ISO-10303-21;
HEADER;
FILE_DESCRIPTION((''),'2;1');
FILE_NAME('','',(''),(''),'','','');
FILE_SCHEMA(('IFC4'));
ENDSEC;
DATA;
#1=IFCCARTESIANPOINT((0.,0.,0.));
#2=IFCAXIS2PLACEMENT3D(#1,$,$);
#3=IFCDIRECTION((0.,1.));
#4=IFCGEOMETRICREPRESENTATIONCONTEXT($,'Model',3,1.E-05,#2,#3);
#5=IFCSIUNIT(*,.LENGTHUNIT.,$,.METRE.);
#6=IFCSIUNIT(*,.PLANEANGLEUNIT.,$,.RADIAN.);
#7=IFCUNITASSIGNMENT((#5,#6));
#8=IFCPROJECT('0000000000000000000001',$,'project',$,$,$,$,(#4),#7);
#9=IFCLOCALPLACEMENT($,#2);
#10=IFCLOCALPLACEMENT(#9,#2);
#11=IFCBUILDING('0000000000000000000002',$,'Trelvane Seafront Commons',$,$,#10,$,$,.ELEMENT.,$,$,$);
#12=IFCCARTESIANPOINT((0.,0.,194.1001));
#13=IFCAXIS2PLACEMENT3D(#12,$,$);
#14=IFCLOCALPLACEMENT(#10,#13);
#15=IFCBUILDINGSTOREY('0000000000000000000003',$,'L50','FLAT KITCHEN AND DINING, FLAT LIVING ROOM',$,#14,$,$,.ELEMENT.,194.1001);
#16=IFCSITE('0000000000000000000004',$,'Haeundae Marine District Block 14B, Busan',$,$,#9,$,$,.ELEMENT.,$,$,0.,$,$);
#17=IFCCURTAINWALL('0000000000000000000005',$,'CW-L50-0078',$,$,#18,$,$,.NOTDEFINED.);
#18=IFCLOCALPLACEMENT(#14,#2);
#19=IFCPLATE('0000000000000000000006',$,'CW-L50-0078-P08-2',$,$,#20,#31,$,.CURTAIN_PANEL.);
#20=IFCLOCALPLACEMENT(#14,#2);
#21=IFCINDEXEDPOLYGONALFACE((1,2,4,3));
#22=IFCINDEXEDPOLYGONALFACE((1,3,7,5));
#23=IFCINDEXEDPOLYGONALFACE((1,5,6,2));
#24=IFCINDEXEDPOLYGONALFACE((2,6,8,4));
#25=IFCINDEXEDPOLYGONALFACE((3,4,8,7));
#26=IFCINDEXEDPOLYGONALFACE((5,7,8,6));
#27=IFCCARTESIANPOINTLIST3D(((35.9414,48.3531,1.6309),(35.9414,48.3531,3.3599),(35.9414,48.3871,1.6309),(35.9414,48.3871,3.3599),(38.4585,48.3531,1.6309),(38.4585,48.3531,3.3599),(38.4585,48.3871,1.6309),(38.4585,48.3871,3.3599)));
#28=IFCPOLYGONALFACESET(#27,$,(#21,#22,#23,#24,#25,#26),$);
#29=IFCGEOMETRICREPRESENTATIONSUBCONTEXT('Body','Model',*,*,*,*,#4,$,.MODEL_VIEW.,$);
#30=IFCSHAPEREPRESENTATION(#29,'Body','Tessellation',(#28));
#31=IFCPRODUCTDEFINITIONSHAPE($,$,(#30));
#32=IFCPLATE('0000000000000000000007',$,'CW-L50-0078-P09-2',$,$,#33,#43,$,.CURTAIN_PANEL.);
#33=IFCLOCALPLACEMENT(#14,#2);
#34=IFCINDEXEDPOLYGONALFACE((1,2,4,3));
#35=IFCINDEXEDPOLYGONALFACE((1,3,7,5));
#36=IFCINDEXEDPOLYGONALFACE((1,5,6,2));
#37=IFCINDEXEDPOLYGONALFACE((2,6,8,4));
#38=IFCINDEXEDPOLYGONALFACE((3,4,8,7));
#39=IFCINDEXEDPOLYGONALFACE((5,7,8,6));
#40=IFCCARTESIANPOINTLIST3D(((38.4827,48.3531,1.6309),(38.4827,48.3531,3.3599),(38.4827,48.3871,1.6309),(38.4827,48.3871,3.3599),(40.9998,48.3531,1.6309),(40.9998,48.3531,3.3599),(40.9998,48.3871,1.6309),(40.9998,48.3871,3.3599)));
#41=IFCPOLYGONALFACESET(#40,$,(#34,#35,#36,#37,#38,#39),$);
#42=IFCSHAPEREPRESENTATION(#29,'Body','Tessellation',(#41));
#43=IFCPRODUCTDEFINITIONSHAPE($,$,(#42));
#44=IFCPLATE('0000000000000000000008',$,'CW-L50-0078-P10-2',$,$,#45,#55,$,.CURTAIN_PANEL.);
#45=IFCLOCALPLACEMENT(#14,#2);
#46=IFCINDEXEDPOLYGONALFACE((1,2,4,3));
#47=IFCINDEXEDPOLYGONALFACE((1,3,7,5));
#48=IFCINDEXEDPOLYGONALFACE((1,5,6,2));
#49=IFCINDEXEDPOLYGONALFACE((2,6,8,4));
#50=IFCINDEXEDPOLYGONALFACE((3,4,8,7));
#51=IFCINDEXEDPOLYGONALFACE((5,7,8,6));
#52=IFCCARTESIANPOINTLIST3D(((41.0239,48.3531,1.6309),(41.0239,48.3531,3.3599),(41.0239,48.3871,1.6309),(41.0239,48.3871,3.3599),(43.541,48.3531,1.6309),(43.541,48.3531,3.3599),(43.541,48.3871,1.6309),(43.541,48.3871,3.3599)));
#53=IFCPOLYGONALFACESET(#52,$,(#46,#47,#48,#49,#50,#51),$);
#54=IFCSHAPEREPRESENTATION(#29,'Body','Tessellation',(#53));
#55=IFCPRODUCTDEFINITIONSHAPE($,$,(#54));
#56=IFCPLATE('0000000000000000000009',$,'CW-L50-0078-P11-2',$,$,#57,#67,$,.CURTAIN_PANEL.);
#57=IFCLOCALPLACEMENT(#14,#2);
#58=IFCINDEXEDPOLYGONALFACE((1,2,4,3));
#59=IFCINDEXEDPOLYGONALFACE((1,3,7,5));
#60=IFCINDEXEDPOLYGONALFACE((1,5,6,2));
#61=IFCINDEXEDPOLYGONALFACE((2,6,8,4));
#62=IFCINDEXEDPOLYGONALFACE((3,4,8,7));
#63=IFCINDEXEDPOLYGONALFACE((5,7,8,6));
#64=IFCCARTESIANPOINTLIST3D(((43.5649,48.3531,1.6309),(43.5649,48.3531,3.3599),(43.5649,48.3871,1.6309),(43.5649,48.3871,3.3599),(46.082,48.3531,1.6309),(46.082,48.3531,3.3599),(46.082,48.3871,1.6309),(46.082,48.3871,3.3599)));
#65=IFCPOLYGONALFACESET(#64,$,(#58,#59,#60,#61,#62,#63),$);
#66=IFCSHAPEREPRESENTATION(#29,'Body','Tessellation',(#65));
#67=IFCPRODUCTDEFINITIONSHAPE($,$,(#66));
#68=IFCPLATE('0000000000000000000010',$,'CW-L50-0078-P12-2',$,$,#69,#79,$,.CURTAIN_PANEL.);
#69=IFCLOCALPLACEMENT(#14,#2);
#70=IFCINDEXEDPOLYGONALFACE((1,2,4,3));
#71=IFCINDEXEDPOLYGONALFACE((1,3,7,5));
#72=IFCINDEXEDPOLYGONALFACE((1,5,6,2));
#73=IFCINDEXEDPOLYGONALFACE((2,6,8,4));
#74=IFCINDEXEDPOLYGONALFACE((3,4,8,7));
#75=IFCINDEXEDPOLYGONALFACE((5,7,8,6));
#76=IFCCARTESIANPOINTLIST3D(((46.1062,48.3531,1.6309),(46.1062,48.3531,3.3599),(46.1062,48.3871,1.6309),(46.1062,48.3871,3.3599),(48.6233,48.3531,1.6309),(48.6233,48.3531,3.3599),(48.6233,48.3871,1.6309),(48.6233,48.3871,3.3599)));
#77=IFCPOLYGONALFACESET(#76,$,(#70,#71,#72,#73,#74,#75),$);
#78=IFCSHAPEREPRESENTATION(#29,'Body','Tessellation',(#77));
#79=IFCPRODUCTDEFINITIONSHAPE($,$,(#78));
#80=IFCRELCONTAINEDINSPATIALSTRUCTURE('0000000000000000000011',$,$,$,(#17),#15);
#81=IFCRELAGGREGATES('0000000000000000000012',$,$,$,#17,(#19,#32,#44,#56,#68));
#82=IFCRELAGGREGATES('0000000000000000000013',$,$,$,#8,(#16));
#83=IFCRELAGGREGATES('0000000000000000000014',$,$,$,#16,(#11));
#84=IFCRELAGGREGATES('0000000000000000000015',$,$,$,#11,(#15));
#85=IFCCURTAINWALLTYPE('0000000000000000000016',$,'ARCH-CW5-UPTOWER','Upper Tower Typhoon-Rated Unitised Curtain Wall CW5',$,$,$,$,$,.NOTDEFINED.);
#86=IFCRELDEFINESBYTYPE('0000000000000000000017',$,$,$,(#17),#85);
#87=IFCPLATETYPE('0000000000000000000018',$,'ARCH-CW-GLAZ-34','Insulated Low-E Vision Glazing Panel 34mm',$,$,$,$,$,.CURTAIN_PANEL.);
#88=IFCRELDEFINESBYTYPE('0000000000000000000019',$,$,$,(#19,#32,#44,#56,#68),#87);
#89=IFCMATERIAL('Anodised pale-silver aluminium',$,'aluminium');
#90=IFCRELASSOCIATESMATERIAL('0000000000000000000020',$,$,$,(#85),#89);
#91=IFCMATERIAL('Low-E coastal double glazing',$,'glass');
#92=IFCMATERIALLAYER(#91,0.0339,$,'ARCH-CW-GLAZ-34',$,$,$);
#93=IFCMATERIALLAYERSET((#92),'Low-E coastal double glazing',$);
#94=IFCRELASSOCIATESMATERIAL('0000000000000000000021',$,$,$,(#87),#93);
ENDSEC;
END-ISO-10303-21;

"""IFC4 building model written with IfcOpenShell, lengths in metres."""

from ifc_helpers import new_model, si_unit, direction, frame, origin, origin_2d, place, context, subcontext, project, spatial, rectangle, extrude, source, transform, mapped, material, layer, layer_set, type_object, element, aggregate, save


model = new_model("IFC4")

# Units and contexts
model_context = context("Model", 3, precision=1e-05, world=origin(), true_north=direction((0.0, 1.0)))
body_context = subcontext(model_context, "Body", "Model", "MODEL_VIEW")
ifc_project = project(units=[si_unit("LENGTHUNIT", "METRE"), si_unit("PLANEANGLEUNIT", "RADIAN")], contexts=[model_context])

# Site, building, storey
site_placement = place(None, origin())
site = spatial("IfcSite", under=ifc_project, at=site_placement, Name="Haeundae Marine District Block 14B, Busan", CompositionType="ELEMENT", RefElevation=0.0)
building_placement = place(site_placement, origin())
building = spatial("IfcBuilding", under=site, at=building_placement, Name="Trelvane Seafront Commons", CompositionType="ELEMENT")
storey_placement = place(building_placement, frame((0.0, 0.0, 194.1001)))
storey = spatial("IfcBuildingStorey", under=building, at=storey_placement, Name="L50", Description="FLAT KITCHEN AND DINING, FLAT LIVING ROOM", CompositionType="ELEMENT", Elevation=194.1001)

# Curtain wall
ifc_material_1 = material(Name="Anodised pale-silver aluminium", Category="aluminium")
curtain_wall_type = type_object("IfcCurtainWallType", Name="ARCH-CW5-UPTOWER", Description="Upper Tower Typhoon-Rated Unitised Curtain Wall CW5", PredefinedType="NOTDEFINED", material=ifc_material_1)
curtain_wall_placement = place(storey_placement, origin())
curtain_wall = element("IfcCurtainWall", 1, at=curtain_wall_placement, inside=storey, type_object=curtain_wall_type, Name="CW-L50-0078", PredefinedType="NOTDEFINED")

# Plates
ifc_material_2 = material(Name="Low-E coastal double glazing", Category="glass")
ifc_layer_1 = layer(ifc_material_2, 0.0339, Name="ARCH-CW-GLAZ-34")
ifc_layer_set_1 = layer_set([ifc_layer_1], Name="Low-E coastal double glazing")
plate_type_1 = type_object("IfcPlateType", Name="ARCH-CW-GLAZ-34", Description="Insulated Low-E Vision Glazing Panel 34mm", PredefinedType="CURTAIN_PANEL", material=ifc_layer_set_1)
shared_shape_1 = source(origin(), body_context, "Body", "SweptSolid", [
    extrude(rectangle(XDim=2.5171, YDim=0.0339, at=origin_2d()), origin(), (0.0, 0.0, 1.0), 1.729),
])
plate_1_placement = place(storey_placement, frame((37.2, 48.3701, 1.6309), z_axis=(0.0, 0.0, 1.0), x_axis=(1.0, 0.0, 0.0)))
plate_1 = element("IfcPlate", 2, at=plate_1_placement, type_object=plate_type_1, Name="CW-L50-0078-P08-2", PredefinedType="CURTAIN_PANEL", context=body_context, shape_type="MappedRepresentation", body=[
    mapped(shared_shape_1, transform((0.0, 0.0, 0.0), x_axis=(1.0, 0.0, 0.0), y_axis=(0.0, 1.0, 0.0), z_axis=(0.0, 0.0, 1.0), scale=1.0)),
])
plate_2_placement = place(storey_placement, frame((39.7412, 48.3701, 1.6309), z_axis=(0.0, 0.0, 1.0), x_axis=(1.0, 0.0, 0.0)))
plate_2 = element("IfcPlate", 3, at=plate_2_placement, type_object=plate_type_1, Name="CW-L50-0078-P09-2", PredefinedType="CURTAIN_PANEL", context=body_context, shape_type="MappedRepresentation", body=[
    mapped(shared_shape_1, transform((0.0, 0.0, 0.0), x_axis=(1.0, 0.0, 0.0), y_axis=(0.0, 1.0, 0.0), z_axis=(0.0, 0.0, 1.0), scale=1.0)),
])
plate_3_placement = place(storey_placement, frame((42.2825, 48.3701, 1.6309), z_axis=(0.0, 0.0, 1.0), x_axis=(1.0, 0.0, 0.0)))
plate_3 = element("IfcPlate", 4, at=plate_3_placement, type_object=plate_type_1, Name="CW-L50-0078-P10-2", PredefinedType="CURTAIN_PANEL", context=body_context, shape_type="MappedRepresentation", body=[
    mapped(shared_shape_1, transform((0.0, 0.0, 0.0), x_axis=(1.0, 0.0, 0.0), y_axis=(0.0, 1.0, 0.0), z_axis=(0.0, 0.0, 1.0), scale=1.0)),
])
plate_4_placement = place(storey_placement, frame((44.8235, 48.3701, 1.6309), z_axis=(0.0, 0.0, 1.0), x_axis=(1.0, 0.0, 0.0)))
plate_4 = element("IfcPlate", 5, at=plate_4_placement, type_object=plate_type_1, Name="CW-L50-0078-P11-2", PredefinedType="CURTAIN_PANEL", context=body_context, shape_type="MappedRepresentation", body=[
    mapped(shared_shape_1, transform((0.0, 0.0, 0.0), x_axis=(1.0, 0.0, 0.0), y_axis=(0.0, 1.0, 0.0), z_axis=(0.0, 0.0, 1.0), scale=1.0)),
])
plate_5_placement = place(storey_placement, frame((47.3647, 48.3701, 1.6309), z_axis=(0.0, 0.0, 1.0), x_axis=(1.0, 0.0, 0.0)))
plate_5 = element("IfcPlate", 6, at=plate_5_placement, type_object=plate_type_1, Name="CW-L50-0078-P12-2", PredefinedType="CURTAIN_PANEL", context=body_context, shape_type="MappedRepresentation", body=[
    mapped(shared_shape_1, transform((0.0, 0.0, 0.0), x_axis=(1.0, 0.0, 0.0), y_axis=(0.0, 1.0, 0.0), z_axis=(0.0, 0.0, 1.0), scale=1.0)),
])
aggregate(curtain_wall, [plate_1, plate_2, plate_3, plate_4, plate_5])

save(model, "model.ifc")
